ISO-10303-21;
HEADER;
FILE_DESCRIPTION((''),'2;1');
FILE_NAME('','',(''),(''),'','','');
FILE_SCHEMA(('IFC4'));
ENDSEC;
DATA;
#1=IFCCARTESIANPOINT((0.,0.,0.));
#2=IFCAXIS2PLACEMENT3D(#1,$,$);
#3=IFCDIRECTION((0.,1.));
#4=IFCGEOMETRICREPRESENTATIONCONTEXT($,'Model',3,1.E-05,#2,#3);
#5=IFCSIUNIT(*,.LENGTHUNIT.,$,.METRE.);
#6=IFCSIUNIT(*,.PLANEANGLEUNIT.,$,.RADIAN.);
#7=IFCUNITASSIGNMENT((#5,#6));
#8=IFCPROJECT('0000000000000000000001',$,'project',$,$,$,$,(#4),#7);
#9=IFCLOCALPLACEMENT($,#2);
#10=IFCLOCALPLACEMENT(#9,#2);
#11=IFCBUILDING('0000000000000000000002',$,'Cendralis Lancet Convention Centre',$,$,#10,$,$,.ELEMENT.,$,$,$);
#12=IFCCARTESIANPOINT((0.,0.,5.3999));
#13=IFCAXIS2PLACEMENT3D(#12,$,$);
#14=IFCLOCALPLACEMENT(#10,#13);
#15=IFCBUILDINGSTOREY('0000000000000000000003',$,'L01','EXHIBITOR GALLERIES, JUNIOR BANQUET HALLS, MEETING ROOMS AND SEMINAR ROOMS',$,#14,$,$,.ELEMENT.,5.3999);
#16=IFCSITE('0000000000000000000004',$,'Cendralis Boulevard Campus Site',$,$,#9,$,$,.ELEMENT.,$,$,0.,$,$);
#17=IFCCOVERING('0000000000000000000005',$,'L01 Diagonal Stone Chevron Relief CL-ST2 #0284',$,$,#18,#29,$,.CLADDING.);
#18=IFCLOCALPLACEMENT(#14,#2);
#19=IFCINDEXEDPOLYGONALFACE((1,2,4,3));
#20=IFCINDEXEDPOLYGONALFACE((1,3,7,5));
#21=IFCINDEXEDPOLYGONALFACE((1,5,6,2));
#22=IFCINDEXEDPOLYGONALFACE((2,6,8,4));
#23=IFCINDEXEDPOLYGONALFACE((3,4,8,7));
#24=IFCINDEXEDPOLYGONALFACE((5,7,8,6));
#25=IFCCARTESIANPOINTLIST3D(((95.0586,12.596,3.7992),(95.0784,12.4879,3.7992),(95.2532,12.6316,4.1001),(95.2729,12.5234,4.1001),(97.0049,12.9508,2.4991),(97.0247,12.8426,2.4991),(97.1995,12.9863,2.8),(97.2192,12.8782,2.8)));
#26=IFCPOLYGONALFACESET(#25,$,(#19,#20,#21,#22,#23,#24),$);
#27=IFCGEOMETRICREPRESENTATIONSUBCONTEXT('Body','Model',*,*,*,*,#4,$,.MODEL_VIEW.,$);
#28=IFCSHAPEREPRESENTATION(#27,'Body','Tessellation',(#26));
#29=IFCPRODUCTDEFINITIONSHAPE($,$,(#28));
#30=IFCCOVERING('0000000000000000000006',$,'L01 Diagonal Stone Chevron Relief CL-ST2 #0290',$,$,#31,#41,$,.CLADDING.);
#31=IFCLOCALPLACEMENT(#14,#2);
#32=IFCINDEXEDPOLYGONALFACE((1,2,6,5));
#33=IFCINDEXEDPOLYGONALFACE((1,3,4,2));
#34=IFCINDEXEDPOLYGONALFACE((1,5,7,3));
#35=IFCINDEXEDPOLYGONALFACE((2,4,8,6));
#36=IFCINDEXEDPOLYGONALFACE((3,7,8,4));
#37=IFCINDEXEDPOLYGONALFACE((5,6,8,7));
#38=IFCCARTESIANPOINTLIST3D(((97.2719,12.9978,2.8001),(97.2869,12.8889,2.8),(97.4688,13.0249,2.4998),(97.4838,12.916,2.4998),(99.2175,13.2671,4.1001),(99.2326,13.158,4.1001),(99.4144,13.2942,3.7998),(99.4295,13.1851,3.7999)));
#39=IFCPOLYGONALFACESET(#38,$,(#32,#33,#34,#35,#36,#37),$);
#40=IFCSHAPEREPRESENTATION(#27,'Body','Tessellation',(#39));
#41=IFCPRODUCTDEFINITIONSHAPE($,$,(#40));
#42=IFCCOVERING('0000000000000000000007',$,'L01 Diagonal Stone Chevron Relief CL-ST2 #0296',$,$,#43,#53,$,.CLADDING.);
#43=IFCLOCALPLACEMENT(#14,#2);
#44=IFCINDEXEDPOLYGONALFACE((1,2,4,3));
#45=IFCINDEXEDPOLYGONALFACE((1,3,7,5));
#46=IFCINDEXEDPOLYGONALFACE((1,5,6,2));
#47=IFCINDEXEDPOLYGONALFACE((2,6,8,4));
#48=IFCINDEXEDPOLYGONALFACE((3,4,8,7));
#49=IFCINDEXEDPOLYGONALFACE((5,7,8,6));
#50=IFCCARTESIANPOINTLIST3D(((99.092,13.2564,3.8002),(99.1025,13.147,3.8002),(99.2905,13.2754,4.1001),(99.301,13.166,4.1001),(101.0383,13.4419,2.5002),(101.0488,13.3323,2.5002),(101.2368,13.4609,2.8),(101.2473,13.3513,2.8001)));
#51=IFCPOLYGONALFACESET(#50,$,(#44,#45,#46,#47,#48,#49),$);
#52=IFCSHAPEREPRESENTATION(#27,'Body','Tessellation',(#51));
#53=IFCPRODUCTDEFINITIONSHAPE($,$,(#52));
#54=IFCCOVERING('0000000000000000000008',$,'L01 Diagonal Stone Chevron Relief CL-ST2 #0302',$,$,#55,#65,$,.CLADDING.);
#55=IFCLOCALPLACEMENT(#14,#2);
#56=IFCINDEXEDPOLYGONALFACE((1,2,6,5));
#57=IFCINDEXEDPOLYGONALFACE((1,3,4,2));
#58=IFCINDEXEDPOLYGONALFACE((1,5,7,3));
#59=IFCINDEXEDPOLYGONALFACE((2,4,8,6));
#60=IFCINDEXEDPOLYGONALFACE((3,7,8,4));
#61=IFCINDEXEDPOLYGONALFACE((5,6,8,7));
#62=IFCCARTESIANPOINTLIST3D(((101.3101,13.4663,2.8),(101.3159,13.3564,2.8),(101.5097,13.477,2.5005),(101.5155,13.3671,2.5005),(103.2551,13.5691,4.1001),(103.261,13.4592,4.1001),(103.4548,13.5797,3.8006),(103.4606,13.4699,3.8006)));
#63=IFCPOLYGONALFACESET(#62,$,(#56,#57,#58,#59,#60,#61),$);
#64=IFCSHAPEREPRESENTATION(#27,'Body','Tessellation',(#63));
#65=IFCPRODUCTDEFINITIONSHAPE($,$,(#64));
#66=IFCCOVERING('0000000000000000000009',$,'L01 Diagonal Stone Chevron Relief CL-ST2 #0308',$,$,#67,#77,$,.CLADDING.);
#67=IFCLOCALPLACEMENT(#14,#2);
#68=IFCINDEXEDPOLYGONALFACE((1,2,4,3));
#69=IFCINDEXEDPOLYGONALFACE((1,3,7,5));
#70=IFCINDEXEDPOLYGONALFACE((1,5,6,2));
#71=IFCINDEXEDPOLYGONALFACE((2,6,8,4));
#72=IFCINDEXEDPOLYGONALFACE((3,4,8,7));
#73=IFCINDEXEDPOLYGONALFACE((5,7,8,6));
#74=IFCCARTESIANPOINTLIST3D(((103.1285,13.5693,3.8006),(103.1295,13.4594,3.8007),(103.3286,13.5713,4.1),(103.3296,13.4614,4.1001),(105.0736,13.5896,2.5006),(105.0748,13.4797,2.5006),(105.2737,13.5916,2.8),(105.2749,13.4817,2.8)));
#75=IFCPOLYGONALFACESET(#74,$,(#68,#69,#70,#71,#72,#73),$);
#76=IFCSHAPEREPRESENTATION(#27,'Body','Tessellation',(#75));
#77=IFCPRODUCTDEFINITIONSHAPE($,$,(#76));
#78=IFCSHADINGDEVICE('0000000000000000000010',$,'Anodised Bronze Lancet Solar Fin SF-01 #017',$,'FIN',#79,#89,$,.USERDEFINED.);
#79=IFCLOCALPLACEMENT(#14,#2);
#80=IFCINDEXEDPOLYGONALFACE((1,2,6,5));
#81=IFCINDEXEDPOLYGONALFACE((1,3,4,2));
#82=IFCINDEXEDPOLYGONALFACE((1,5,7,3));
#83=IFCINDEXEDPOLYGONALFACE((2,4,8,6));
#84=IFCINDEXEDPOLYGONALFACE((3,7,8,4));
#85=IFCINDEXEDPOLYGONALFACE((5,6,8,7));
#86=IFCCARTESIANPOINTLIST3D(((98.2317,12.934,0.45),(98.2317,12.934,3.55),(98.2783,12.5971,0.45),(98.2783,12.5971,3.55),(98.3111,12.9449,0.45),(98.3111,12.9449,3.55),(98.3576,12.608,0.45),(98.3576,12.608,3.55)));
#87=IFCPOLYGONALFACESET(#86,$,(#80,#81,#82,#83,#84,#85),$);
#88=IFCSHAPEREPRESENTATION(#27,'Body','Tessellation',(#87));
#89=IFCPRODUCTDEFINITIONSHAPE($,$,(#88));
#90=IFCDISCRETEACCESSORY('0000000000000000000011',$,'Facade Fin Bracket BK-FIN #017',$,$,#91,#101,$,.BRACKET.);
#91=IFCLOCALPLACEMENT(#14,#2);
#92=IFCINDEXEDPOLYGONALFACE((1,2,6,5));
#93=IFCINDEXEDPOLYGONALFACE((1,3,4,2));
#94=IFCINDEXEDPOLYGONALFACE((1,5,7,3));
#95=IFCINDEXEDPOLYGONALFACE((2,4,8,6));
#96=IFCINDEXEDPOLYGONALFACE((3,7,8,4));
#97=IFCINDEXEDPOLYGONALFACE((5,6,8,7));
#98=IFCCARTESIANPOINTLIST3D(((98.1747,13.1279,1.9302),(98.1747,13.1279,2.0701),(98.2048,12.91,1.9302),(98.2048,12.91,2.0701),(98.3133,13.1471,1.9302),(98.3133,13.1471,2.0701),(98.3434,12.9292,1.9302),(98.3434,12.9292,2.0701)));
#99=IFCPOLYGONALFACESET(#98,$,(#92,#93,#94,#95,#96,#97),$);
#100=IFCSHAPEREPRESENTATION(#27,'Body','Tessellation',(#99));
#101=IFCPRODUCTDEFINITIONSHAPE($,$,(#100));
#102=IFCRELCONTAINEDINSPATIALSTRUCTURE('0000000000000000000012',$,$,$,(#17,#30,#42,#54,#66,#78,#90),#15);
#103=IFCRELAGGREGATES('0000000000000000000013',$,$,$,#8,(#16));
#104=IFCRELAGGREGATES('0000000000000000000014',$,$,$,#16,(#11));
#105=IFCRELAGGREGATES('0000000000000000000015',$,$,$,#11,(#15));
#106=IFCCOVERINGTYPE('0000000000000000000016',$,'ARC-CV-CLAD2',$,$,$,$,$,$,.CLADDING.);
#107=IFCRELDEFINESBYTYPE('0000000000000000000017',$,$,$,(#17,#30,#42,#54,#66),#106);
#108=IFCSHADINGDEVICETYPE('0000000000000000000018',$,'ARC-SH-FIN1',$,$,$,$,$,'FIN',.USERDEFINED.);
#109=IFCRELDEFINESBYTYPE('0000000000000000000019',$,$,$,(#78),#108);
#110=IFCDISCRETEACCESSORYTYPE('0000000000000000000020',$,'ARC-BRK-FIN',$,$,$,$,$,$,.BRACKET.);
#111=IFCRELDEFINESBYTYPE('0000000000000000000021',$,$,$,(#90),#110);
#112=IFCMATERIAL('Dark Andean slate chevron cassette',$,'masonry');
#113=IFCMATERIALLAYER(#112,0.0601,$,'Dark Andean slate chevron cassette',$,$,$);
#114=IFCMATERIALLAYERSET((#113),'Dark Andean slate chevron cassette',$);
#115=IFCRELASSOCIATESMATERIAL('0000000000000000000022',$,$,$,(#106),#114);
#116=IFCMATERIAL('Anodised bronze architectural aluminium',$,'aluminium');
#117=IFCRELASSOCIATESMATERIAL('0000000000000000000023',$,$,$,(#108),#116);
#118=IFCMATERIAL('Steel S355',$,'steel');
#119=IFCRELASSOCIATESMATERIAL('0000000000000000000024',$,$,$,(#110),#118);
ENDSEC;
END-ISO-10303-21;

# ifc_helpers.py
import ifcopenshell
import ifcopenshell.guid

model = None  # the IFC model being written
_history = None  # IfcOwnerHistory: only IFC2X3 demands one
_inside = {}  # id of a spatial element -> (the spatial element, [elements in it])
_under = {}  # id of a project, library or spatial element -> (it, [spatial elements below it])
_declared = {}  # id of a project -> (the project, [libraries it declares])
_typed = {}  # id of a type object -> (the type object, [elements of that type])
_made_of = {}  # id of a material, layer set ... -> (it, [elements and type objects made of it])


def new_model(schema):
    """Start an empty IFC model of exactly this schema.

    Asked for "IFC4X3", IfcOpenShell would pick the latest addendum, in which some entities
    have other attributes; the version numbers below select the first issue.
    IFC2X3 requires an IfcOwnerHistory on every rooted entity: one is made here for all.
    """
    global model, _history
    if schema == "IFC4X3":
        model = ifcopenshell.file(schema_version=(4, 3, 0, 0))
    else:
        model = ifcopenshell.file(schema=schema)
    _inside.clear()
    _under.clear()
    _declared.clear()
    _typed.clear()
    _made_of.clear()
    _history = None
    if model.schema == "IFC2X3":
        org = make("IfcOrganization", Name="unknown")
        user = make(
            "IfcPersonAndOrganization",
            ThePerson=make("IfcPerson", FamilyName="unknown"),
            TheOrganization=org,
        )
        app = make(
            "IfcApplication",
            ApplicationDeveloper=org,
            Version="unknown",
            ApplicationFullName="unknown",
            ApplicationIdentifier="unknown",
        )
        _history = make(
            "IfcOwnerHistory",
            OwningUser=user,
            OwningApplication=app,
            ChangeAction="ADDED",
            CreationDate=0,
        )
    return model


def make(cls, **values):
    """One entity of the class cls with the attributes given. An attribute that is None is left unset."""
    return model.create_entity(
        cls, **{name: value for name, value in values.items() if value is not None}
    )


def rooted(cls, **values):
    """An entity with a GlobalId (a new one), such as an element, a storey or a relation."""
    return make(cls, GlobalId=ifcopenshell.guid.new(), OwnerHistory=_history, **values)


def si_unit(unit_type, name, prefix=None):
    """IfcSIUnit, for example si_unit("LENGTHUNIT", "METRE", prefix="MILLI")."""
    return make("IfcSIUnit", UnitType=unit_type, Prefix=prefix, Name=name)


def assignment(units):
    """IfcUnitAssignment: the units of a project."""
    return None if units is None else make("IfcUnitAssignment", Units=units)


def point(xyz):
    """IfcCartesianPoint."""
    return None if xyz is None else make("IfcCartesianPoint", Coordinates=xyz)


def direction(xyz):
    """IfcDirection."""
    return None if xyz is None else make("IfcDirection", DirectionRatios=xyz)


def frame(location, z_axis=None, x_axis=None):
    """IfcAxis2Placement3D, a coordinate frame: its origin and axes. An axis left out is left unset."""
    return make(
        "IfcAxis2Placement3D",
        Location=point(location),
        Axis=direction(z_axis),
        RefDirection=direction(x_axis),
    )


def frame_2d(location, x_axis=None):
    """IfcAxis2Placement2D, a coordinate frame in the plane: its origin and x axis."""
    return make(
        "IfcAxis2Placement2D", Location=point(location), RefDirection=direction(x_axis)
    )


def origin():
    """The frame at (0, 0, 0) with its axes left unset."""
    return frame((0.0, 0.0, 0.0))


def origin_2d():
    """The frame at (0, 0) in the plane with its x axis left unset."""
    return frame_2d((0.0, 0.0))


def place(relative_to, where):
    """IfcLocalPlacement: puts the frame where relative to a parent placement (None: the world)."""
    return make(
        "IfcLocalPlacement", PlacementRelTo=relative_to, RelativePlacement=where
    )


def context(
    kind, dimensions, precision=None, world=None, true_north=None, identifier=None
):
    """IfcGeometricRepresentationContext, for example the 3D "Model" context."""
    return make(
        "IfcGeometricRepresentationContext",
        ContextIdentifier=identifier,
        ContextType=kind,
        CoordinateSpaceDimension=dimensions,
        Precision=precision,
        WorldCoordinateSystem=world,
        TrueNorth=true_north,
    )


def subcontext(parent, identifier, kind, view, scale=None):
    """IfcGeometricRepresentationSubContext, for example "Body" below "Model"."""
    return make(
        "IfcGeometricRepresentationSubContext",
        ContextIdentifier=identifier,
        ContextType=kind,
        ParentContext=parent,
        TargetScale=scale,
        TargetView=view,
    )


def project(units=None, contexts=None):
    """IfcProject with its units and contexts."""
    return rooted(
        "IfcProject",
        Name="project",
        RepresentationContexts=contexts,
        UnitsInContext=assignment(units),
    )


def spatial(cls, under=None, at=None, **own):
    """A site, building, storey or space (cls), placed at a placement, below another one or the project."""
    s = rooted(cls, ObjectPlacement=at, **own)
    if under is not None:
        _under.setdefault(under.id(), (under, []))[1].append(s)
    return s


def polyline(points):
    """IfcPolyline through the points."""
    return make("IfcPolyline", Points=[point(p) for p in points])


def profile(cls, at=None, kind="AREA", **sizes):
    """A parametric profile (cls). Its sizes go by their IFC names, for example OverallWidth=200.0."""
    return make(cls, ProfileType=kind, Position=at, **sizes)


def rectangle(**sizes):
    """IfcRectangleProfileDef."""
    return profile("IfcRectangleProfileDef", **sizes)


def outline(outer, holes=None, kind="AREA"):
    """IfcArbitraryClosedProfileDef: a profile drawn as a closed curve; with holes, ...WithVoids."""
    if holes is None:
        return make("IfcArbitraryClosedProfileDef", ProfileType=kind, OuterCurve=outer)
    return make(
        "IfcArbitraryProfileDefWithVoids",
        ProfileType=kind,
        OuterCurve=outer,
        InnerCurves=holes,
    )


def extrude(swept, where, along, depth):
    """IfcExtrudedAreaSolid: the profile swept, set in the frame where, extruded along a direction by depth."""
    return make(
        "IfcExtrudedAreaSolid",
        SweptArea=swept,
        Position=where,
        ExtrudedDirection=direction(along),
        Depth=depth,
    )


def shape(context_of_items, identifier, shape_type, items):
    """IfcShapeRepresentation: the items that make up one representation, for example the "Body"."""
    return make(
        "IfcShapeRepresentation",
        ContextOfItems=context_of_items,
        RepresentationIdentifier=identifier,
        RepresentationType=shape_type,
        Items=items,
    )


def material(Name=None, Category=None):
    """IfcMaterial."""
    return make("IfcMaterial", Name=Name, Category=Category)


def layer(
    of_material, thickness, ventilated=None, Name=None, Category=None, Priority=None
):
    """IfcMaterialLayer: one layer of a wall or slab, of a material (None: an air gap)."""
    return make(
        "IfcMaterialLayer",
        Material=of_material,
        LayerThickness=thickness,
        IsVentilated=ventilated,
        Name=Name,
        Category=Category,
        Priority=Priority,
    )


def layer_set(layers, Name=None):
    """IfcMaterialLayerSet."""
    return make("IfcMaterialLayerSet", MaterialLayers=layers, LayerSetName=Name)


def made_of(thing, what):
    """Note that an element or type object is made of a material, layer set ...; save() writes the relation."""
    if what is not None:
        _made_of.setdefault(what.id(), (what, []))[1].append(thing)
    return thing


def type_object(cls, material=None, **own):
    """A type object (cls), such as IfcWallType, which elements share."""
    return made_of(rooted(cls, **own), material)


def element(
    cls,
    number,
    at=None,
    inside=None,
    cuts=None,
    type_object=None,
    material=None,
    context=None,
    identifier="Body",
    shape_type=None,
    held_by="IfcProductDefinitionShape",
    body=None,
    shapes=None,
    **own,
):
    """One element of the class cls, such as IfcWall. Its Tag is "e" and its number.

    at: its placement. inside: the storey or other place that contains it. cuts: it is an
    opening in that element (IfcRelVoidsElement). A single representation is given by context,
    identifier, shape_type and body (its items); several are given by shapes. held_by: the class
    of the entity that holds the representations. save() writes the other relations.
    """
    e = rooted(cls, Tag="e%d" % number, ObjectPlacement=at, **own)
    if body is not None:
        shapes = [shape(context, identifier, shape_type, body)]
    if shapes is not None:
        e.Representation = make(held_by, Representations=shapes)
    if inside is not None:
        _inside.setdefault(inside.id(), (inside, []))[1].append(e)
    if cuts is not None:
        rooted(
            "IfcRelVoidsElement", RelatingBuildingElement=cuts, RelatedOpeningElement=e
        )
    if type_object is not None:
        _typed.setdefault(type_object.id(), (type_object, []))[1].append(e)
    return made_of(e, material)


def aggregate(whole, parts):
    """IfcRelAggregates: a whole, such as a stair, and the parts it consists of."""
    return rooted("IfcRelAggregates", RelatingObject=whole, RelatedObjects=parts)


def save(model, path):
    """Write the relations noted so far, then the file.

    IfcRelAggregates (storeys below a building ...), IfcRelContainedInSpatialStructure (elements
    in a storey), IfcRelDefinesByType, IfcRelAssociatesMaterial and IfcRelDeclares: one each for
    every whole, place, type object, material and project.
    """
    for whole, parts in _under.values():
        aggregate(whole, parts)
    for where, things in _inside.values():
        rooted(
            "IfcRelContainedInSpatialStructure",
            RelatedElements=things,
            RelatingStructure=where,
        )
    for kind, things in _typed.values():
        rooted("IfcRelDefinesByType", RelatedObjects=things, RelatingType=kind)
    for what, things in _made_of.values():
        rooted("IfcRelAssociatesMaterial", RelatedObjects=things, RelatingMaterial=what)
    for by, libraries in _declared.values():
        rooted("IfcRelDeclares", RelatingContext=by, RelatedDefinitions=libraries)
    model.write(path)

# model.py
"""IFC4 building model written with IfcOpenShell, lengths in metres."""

from ifc_helpers import new_model, si_unit, direction, frame, origin, origin_2d, place, context, subcontext, project, spatial, polyline, rectangle, outline, extrude, material, layer, layer_set, type_object, element, save


model = new_model("IFC4")

# Units and contexts
model_context = context("Model", 3, precision=1e-05, world=origin(), true_north=direction((0.0, 1.0)))
body_context = subcontext(model_context, "Body", "Model", "MODEL_VIEW")
ifc_project = project(units=[si_unit("LENGTHUNIT", "METRE"), si_unit("PLANEANGLEUNIT", "RADIAN")], contexts=[model_context])

# Site, building, storey
site_placement = place(None, origin())
site = spatial("IfcSite", under=ifc_project, at=site_placement, Name="Cendralis Boulevard Campus Site", CompositionType="ELEMENT", RefElevation=0.0)
building_placement = place(site_placement, origin())
building = spatial("IfcBuilding", under=site, at=building_placement, Name="Cendralis Lancet Convention Centre", CompositionType="ELEMENT")
storey_placement = place(building_placement, frame((0.0, 0.0, 5.3999)))
storey = spatial("IfcBuildingStorey", under=building, at=storey_placement, Name="L01", Description="EXHIBITOR GALLERIES, JUNIOR BANQUET HALLS, MEETING ROOMS AND SEMINAR ROOMS", CompositionType="ELEMENT", Elevation=5.3999)

# Shared definitions
ifc_material_1 = material(Name="Dark Andean slate chevron cassette", Category="masonry")

# Coverings
ifc_layer_1 = layer(ifc_material_1, 0.0601, Name="Dark Andean slate chevron cassette")
ifc_layer_set_1 = layer_set([ifc_layer_1], Name="Dark Andean slate chevron cassette")
covering_type_1 = type_object("IfcCoveringType", Name="ARC-CV-CLAD2", PredefinedType="CLADDING", material=ifc_layer_set_1)
covering_1_placement = place(storey_placement, frame((95.2729, 12.5234, 4.1001), z_axis=(0.540219, 0.098776, 0.835708), x_axis=(0.822163, 0.14985, -0.549175)))
element("IfcCovering", 1, at=covering_1_placement, inside=storey, type_object=covering_type_1, Name="L01 Diagonal Stone Chevron Relief CL-ST2 #0284", PredefinedType="CLADDING", context=body_context, shape_type="SweptSolid", body=[
    extrude(outline(polyline([(0.0, 0.0), (2.3673, 0.0), (2.3672, 0.1099), (-0.0001, 0.1099), (0.0, 0.0)])), origin(), (0.0, 0.0, -1.0), 0.3601),
])
covering_2_placement = place(storey_placement, frame((97.2869, 12.8889, 2.8), z_axis=(-0.546765, -0.07531, 0.833892), x_axis=(0.826033, 0.114214, 0.551927)))
element("IfcCovering", 2, at=covering_2_placement, inside=storey, type_object=covering_type_1, Name="L01 Diagonal Stone Chevron Relief CL-ST2 #0290", PredefinedType="CLADDING", context=body_context, shape_type="SweptSolid", body=[
    extrude(outline(polyline([(0.0, 0.0), (2.3556, 0.0), (2.3555, 0.1102), (0.0001, 0.1099), (0.0, 0.0)])), origin(), (0.0, 0.0, -1.0), 0.3601),
])
covering_3_placement = place(storey_placement, frame((99.301, 13.166, 4.1001), z_axis=(0.551184, 0.052845, 0.832709), x_axis=(0.82896, 0.078924, -0.553711)))
element("IfcCovering", 3, at=covering_3_placement, inside=storey, type_object=covering_type_1, Name="L01 Diagonal Stone Chevron Relief CL-ST2 #0296", PredefinedType="CLADDING", context=body_context, shape_type="SweptSolid", body=[
    extrude(outline(polyline([(0.0, 0.0), (2.3479, 0.0), (2.3478, 0.1101), (-0.0001, 0.1099), (0.0, 0.0)])), origin(), (0.0, 0.0, -1.0), 0.3601),
])
covering_4_placement = place(storey_placement, frame((101.3159, 13.3564, 2.8), z_axis=(-0.554364, -0.029566, 0.831749), x_axis=(0.83059, 0.043891, 0.555152)))
element("IfcCovering", 4, at=covering_4_placement, inside=storey, type_object=covering_type_1, Name="L01 Diagonal Stone Chevron Relief CL-ST2 #0302", PredefinedType="CLADDING", context=body_context, shape_type="SweptSolid", body=[
    extrude(outline(polyline([(0.0, 0.0), (2.3418, 0.0), (2.3417, 0.11), (0.0, 0.11), (0.0, 0.0)])), origin(), (0.0, 0.0, -1.0), 0.3601),
])
covering_5_placement = place(storey_placement, frame((103.3296, 13.4614, 4.1001), z_axis=(0.555614, 0.005556, 0.831421), x_axis=(0.831376, 0.00866, -0.555642)))
element("IfcCovering", 5, at=covering_5_placement, inside=storey, type_object=covering_type_1, Name="L01 Diagonal Stone Chevron Relief CL-ST2 #0308", PredefinedType="CLADDING", context=body_context, shape_type="SweptSolid", body=[
    extrude(outline(polyline([(0.0, 0.0), (2.3398, 0.0), (2.3398, 0.1099), (0.0001, 0.1099), (0.0, 0.0)])), origin(), (0.0, 0.0, -1.0), 0.3601),
])

# Shading device
ifc_material_2 = material(Name="Anodised bronze architectural aluminium", Category="aluminium")
shading_device_type = type_object("IfcShadingDeviceType", Name="ARC-SH-FIN1", ElementType="FIN", PredefinedType="USERDEFINED", material=ifc_material_2)
shading_device_placement = place(storey_placement, frame((98.2947, 12.771, 0.45), z_axis=(0.0, 0.0, 1.0), x_axis=(0.990577, 0.13696, 0.0)))
element("IfcShadingDevice", 6, at=shading_device_placement, inside=storey, type_object=shading_device_type, Name="Anodised Bronze Lancet Solar Fin SF-01 #017", ObjectType="FIN", PredefinedType="USERDEFINED", context=body_context, shape_type="SweptSolid", body=[
    extrude(rectangle(XDim=0.0801, YDim=0.3401, at=origin_2d()), origin(), (0.0, 0.0, 1.0), 3.1001),
])

# Discrete accessory
ifc_material_3 = material(Name="Steel S355", Category="steel")
discrete_accessory_type = type_object("IfcDiscreteAccessoryType", Name="ARC-BRK-FIN", PredefinedType="BRACKET", material=ifc_material_3)
discrete_accessory_placement = place(storey_placement, frame((98.259, 13.0286, 1.9302), z_axis=(0.0, 0.0, 1.0), x_axis=(0.990577, 0.13696, 0.0)))
element("IfcDiscreteAccessory", 7, at=discrete_accessory_placement, inside=storey, type_object=discrete_accessory_type, Name="Facade Fin Bracket BK-FIN #017", PredefinedType="BRACKET", context=body_context, shape_type="SweptSolid", body=[
    extrude(rectangle(XDim=0.1399, YDim=0.22, at=origin_2d()), origin(), (0.0, 0.0, 1.0), 0.1399),
])

save(model, "model.ifc")
